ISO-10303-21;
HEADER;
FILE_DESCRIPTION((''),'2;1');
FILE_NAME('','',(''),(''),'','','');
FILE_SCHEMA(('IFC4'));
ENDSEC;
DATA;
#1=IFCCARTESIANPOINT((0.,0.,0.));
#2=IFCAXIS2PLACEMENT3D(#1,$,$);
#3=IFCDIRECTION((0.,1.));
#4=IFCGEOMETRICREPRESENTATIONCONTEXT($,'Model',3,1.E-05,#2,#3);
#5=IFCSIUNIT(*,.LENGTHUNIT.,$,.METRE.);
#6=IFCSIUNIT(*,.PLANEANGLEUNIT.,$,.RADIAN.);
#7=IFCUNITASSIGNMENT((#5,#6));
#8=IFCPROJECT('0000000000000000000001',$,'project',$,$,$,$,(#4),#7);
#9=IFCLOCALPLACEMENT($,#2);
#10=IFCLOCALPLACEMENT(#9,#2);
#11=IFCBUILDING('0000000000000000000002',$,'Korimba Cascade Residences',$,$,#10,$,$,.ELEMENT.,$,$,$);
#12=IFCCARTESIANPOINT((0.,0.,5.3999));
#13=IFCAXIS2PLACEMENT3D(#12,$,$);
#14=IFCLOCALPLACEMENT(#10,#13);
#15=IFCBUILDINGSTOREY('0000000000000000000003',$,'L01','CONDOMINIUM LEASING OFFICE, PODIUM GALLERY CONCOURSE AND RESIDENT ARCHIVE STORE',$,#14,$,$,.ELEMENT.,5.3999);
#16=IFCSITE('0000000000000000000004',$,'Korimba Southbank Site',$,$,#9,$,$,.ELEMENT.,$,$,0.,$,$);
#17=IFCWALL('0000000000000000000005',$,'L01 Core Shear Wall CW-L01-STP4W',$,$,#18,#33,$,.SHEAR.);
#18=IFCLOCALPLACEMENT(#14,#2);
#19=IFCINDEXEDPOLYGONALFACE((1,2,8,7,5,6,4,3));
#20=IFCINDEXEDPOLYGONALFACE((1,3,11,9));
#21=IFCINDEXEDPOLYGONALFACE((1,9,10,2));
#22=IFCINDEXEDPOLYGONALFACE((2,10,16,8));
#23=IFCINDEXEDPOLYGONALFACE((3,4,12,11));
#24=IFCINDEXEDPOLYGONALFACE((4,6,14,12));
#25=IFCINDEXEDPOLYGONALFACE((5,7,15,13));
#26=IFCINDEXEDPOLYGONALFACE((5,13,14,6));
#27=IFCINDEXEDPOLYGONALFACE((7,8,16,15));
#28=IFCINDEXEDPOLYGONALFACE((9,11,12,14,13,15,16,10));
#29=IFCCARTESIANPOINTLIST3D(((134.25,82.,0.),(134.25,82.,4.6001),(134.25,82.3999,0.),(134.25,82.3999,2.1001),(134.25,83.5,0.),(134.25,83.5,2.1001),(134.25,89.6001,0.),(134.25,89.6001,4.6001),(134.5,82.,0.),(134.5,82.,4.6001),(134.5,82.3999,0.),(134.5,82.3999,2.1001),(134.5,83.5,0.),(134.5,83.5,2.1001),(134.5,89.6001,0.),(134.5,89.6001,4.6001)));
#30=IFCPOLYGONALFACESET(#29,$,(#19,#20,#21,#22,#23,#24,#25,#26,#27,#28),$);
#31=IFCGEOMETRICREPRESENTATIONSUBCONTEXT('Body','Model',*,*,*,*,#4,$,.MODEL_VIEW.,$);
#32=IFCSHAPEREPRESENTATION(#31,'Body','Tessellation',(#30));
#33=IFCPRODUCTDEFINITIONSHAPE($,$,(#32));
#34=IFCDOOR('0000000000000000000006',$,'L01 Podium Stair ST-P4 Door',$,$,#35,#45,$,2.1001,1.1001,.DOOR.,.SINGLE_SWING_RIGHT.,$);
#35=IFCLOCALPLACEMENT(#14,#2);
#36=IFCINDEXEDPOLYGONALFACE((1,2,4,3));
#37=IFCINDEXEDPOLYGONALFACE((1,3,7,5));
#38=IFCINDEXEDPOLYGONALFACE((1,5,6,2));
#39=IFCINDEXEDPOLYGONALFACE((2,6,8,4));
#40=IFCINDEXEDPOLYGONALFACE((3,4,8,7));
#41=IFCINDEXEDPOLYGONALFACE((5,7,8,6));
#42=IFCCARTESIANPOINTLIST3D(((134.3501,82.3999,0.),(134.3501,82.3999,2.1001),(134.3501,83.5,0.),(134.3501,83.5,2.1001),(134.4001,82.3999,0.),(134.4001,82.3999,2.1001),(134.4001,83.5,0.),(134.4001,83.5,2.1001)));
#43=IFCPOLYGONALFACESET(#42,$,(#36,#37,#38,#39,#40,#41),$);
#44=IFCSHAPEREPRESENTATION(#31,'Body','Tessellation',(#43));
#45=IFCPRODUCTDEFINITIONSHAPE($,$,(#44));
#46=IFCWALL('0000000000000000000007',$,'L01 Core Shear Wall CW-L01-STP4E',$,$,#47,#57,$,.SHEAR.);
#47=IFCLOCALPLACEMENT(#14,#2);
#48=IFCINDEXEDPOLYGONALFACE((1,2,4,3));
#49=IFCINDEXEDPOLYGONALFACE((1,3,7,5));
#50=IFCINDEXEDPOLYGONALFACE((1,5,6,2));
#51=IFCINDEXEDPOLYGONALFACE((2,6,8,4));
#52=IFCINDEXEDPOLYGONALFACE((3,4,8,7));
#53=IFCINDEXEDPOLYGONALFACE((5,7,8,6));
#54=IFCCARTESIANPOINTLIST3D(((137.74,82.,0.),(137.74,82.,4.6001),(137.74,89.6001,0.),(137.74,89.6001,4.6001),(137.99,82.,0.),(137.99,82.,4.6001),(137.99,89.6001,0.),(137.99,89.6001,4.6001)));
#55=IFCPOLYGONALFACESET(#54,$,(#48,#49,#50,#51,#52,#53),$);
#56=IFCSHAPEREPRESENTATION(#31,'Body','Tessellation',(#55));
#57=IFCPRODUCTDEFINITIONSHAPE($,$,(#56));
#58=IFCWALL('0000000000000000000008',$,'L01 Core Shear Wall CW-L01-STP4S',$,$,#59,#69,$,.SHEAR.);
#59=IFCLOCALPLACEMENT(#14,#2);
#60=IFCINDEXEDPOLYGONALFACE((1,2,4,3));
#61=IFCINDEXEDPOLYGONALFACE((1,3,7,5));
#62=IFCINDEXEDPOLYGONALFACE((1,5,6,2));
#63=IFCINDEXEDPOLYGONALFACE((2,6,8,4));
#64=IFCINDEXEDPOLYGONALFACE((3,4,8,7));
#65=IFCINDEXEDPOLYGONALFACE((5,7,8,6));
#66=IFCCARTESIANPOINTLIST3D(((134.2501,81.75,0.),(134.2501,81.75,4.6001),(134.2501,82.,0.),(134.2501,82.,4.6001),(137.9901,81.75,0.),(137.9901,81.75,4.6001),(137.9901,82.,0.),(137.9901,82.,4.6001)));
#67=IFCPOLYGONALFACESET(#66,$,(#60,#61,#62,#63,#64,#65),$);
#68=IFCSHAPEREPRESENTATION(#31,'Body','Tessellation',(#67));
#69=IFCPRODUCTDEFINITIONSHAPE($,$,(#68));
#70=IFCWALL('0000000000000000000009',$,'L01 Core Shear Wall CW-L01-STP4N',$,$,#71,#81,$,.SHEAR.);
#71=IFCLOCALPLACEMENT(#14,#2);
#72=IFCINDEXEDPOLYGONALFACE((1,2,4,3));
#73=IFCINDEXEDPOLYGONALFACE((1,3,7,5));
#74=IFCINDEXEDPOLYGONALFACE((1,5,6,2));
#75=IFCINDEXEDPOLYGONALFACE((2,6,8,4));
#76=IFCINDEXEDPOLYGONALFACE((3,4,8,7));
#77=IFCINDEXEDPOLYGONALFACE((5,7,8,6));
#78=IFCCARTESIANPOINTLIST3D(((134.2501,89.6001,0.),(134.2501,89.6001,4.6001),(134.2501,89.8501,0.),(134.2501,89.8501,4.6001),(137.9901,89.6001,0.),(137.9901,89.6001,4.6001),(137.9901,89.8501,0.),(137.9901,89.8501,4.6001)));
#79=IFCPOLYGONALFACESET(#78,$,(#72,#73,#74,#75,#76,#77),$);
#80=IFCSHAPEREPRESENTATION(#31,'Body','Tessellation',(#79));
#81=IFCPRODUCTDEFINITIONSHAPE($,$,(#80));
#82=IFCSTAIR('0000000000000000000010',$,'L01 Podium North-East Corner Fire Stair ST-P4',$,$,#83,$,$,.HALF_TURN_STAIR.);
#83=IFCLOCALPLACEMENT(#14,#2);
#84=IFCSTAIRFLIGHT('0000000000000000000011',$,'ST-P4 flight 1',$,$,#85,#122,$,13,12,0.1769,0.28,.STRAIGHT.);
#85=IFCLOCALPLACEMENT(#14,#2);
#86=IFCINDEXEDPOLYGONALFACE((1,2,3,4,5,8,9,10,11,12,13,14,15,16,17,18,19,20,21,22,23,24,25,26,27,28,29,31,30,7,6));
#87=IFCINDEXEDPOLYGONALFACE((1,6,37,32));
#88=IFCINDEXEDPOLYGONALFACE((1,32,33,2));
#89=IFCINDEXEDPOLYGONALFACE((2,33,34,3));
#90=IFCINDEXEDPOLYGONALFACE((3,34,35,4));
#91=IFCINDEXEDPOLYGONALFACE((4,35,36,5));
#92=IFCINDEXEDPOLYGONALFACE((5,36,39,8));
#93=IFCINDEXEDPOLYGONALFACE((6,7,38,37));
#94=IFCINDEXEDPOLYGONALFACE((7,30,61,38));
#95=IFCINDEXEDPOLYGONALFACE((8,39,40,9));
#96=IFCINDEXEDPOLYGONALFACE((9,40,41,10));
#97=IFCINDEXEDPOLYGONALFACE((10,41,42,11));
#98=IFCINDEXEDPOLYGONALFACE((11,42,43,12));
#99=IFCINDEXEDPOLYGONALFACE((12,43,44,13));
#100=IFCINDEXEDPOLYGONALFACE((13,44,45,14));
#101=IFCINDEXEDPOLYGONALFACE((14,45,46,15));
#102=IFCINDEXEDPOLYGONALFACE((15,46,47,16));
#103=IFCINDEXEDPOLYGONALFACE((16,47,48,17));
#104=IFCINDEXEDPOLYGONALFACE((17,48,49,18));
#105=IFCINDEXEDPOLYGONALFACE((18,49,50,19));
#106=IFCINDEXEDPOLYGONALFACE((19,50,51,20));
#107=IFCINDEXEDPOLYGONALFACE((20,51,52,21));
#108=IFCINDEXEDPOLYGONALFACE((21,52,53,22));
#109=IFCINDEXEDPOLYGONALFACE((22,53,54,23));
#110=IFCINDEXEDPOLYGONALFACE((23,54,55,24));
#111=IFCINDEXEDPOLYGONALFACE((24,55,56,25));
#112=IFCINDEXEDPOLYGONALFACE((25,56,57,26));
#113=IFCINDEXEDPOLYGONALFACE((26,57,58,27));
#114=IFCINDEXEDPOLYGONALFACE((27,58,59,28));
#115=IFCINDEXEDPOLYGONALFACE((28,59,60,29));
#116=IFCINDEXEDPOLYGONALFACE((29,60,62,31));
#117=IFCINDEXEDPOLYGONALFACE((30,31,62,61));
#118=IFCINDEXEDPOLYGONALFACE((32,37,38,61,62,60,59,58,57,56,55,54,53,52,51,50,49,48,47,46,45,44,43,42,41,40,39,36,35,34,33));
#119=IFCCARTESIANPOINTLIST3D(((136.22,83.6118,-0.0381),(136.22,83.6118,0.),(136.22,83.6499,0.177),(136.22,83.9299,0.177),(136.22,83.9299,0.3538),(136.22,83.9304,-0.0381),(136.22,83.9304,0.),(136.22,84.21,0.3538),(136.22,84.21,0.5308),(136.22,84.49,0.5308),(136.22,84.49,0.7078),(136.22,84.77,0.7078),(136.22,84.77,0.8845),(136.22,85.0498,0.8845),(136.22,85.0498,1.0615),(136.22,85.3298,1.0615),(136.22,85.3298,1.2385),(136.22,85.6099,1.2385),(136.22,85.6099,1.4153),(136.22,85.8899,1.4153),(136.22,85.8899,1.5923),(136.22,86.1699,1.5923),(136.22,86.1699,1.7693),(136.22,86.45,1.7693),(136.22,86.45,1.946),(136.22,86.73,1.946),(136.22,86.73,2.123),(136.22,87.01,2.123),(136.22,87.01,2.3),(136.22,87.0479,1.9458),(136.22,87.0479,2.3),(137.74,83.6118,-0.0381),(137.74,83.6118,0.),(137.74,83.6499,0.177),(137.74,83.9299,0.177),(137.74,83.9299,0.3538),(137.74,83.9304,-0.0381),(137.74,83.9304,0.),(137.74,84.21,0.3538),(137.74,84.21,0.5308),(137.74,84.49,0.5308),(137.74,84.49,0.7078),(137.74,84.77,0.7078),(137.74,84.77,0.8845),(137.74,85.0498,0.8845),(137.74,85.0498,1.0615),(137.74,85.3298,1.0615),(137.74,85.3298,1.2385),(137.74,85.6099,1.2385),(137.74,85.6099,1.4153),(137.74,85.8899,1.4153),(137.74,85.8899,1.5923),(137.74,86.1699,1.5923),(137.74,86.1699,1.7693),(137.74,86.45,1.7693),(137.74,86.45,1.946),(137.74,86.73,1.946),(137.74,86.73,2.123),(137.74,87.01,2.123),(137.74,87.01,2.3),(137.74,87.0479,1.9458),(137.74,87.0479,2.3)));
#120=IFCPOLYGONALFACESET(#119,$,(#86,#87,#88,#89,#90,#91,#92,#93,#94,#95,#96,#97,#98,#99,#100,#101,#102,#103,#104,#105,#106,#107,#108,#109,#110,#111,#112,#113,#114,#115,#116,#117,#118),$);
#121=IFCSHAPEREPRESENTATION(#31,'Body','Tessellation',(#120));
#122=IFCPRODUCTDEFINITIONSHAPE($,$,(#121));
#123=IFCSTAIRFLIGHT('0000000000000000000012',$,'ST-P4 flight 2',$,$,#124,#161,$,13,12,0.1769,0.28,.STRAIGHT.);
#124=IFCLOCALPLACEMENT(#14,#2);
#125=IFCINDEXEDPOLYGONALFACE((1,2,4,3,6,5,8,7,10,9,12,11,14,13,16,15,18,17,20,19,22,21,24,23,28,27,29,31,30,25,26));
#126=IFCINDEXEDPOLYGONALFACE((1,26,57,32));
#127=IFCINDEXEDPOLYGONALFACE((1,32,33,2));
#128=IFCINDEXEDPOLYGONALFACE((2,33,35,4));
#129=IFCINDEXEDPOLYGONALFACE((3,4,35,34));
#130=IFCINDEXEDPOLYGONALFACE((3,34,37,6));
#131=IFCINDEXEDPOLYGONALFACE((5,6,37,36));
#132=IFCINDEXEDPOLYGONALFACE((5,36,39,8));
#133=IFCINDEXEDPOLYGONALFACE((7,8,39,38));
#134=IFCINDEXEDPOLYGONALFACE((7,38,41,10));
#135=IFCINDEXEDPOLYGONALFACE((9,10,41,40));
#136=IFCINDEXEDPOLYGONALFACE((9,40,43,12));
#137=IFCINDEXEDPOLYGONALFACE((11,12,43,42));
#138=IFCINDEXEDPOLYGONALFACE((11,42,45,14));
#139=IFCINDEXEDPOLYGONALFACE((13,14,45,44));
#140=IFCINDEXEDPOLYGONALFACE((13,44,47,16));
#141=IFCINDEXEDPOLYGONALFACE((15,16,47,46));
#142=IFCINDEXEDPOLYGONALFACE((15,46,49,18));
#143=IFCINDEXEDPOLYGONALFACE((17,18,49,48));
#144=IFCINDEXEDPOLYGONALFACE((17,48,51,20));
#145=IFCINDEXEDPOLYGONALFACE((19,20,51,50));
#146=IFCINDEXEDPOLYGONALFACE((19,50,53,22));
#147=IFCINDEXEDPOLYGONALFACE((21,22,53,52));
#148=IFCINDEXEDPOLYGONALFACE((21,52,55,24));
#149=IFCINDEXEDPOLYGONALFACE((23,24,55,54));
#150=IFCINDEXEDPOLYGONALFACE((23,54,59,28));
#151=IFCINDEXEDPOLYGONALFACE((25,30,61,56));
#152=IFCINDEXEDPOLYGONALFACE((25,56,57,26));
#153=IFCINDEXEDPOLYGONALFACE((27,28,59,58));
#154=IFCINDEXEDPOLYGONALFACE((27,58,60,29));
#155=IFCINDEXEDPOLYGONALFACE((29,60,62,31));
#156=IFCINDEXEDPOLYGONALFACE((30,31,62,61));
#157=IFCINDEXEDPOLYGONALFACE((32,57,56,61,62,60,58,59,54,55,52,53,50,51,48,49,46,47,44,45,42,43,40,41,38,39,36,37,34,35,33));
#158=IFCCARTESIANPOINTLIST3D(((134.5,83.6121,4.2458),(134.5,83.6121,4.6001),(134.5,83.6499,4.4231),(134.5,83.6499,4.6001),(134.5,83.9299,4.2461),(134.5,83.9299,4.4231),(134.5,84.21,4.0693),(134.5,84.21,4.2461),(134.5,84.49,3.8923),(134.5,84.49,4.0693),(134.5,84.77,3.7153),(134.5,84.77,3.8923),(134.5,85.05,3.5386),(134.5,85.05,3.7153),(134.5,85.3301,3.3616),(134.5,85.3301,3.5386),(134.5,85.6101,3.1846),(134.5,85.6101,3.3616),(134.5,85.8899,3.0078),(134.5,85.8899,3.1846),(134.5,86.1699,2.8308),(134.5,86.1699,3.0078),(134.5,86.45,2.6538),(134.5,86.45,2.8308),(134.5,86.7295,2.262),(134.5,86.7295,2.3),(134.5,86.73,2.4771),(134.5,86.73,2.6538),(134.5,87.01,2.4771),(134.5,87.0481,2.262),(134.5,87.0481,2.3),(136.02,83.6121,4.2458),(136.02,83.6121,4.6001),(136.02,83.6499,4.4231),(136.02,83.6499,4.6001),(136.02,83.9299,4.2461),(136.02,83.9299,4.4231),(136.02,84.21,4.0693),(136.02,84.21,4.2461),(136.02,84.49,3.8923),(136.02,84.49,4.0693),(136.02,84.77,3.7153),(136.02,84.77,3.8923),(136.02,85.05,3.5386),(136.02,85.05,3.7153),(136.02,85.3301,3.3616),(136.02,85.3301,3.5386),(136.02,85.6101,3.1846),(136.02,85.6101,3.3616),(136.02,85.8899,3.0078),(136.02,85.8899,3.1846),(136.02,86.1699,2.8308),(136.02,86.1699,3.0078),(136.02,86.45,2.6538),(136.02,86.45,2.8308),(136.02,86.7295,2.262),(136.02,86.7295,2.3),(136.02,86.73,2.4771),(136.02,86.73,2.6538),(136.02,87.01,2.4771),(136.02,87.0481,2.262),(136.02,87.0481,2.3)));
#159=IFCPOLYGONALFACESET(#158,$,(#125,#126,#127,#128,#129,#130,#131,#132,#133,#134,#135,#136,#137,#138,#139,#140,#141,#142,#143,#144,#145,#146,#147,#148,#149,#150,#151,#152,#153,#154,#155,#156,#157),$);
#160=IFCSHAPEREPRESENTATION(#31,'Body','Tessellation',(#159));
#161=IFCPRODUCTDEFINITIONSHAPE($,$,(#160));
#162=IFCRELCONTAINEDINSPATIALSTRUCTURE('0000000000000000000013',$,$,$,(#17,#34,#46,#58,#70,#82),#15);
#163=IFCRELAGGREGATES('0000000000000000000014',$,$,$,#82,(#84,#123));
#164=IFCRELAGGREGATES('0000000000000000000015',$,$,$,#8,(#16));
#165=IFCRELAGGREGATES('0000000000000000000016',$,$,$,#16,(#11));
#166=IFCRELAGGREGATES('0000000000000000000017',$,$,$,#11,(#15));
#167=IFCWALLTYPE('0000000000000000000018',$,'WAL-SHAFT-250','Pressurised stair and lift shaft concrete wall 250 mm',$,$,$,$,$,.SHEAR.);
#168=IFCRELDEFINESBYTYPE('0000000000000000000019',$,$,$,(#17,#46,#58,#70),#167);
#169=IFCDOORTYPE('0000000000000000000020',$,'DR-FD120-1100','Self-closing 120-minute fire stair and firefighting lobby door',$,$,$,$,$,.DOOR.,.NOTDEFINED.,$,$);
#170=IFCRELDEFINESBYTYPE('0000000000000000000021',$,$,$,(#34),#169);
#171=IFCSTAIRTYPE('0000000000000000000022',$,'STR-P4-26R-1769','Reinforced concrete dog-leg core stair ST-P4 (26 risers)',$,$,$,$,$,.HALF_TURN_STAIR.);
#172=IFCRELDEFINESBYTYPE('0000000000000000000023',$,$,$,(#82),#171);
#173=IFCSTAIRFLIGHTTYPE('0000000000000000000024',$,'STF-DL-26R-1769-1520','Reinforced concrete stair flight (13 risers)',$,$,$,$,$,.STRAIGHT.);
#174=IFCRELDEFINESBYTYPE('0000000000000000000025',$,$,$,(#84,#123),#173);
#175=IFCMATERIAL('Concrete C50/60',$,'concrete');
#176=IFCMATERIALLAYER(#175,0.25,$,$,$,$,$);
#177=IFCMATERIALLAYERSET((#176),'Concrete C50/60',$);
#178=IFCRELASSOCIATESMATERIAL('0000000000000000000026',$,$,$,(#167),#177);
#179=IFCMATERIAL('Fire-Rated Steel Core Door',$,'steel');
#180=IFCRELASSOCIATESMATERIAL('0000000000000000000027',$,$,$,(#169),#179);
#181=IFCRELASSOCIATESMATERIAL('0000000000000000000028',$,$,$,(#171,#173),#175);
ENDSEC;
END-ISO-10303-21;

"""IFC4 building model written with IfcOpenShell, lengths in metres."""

from ifc_helpers import new_model, si_unit, direction, frame, frame_2d, origin, place, context, subcontext, project, spatial, polyline, rectangle, outline, extrude, material, layer, layer_set, type_object, element, fill, aggregate, save


model = new_model("IFC4")

# Units and contexts
model_context = context("Model", 3, precision=1e-05, world=origin(), true_north=direction((0.0, 1.0)))
body_context = subcontext(model_context, "Body", "Model", "MODEL_VIEW")
ifc_project = project(units=[si_unit("LENGTHUNIT", "METRE"), si_unit("PLANEANGLEUNIT", "RADIAN")], contexts=[model_context])

# Site, building, storey
site_placement = place(None, origin())
site = spatial("IfcSite", under=ifc_project, at=site_placement, Name="Korimba Southbank Site", CompositionType="ELEMENT", RefElevation=0.0)
building_placement = place(site_placement, origin())
building = spatial("IfcBuilding", under=site, at=building_placement, Name="Korimba Cascade Residences", CompositionType="ELEMENT")
storey_placement = place(building_placement, frame((0.0, 0.0, 5.3999)))
storey = spatial("IfcBuildingStorey", under=building, at=storey_placement, Name="L01", Description="CONDOMINIUM LEASING OFFICE, PODIUM GALLERY CONCOURSE AND RESIDENT ARCHIVE STORE", CompositionType="ELEMENT", Elevation=5.3999)

# Shared definitions
ifc_material_1 = material(Name="Concrete C50/60", Category="concrete")

# Wall, opening, door
ifc_layer_1 = layer(ifc_material_1, 0.25)
ifc_layer_set_1 = layer_set([ifc_layer_1], Name="Concrete C50/60")
wall_type_1 = type_object("IfcWallType", Name="WAL-SHAFT-250", Description="Pressurised stair and lift shaft concrete wall 250 mm", PredefinedType="SHEAR", material=ifc_layer_set_1)
wall_1_placement = place(storey_placement, frame((134.375, 82.0, 0.0), z_axis=(0.0, 0.0, 1.0), x_axis=(0.0, 1.0, 0.0)))
wall_1 = element("IfcWall", 1, at=wall_1_placement, inside=storey, type_object=wall_type_1, Name="L01 Core Shear Wall CW-L01-STP4W", PredefinedType="SHEAR", context=body_context, shape_type="SweptSolid", body=[
    extrude(rectangle(XDim=7.6001, YDim=0.25, at=frame_2d((3.8, 0.0))), origin(), (0.0, 0.0, 1.0), 4.6001),
])
opening_1_placement = place(wall_1_placement, frame((0.3999, 0.0, 0.0)))
opening_1 = element("IfcOpeningElement", 2, at=opening_1_placement, cuts=wall_1, PredefinedType="OPENING", context=body_context, shape_type="SweptSolid", body=[
    extrude(rectangle(XDim=1.1001, YDim=2.1001, at=frame_2d((0.55, 1.05))), frame((0.0, 0.135, 0.0), z_axis=(0.0, -1.0, 0.0), x_axis=(1.0, 0.0, 0.0)), (0.0, 0.0, 1.0), 0.27),
])
ifc_material_2 = material(Name="Fire-Rated Steel Core Door", Category="steel")
door_type_1 = type_object("IfcDoorType", Name="DR-FD120-1100", Description="Self-closing 120-minute fire stair and firefighting lobby door", OperationType="NOTDEFINED", PredefinedType="DOOR", material=ifc_material_2)
door_1_placement = place(opening_1_placement, origin())
door_1 = element("IfcDoor", 3, at=door_1_placement, inside=storey, type_object=door_type_1, Name="L01 Podium Stair ST-P4 Door", OperationType="SINGLE_SWING_RIGHT", OverallHeight=2.1001, OverallWidth=1.1001, PredefinedType="DOOR", context=body_context, shape_type="SweptSolid", body=[
    extrude(rectangle(XDim=1.1001, YDim=2.1001, at=frame_2d((0.55, 1.05))), frame((0.0, 0.0249, 0.0), z_axis=(0.0, -1.0, 0.0), x_axis=(1.0, 0.0, 0.0)), (0.0, 0.0, 1.0), 0.05),
])
fill(opening_1, door_1)

# Walls
wall_2_placement = place(storey_placement, frame((137.865, 82.0, 0.0), z_axis=(0.0, 0.0, 1.0), x_axis=(0.0, 1.0, 0.0)))
element("IfcWall", 4, at=wall_2_placement, inside=storey, type_object=wall_type_1, Name="L01 Core Shear Wall CW-L01-STP4E", PredefinedType="SHEAR", context=body_context, shape_type="SweptSolid", body=[
    extrude(rectangle(XDim=7.6001, YDim=0.25, at=frame_2d((3.8, 0.0))), origin(), (0.0, 0.0, 1.0), 4.6001),
])
for number, where, z_axis, x_axis, name in (
    (5, (134.25, 81.875, 0.0), (0.0, 0.0, 1.0), (1.0, 0.0, 0.0), "L01 Core Shear Wall CW-L01-STP4S"),
    (6, (134.25, 89.7251, 0.0), (0.0, 0.0, 1.0), (1.0, 0.0, 0.0), "L01 Core Shear Wall CW-L01-STP4N"),
):
    element("IfcWall", number, at=place(storey_placement, frame(where, z_axis=z_axis, x_axis=x_axis)), inside=storey, type_object=wall_type_1, Name=name, PredefinedType="SHEAR", context=body_context, shape_type="SweptSolid", body=[
        extrude(rectangle(XDim=3.74, YDim=0.25, at=frame_2d((1.8701, 0.0))), origin(), (0.0, 0.0, 1.0), 4.6001),
    ])

# Stair, stair flights
stair_type = type_object("IfcStairType", Name="STR-P4-26R-1769", Description="Reinforced concrete dog-leg core stair ST-P4 (26 risers)", PredefinedType="HALF_TURN_STAIR", material=ifc_material_1)
stair_placement = place(storey_placement, origin())
stair = element("IfcStair", 7, at=stair_placement, inside=storey, type_object=stair_type, Name="L01 Podium North-East Corner Fire Stair ST-P4", PredefinedType="HALF_TURN_STAIR")
stair_flight_type = type_object("IfcStairFlightType", Name="STF-DL-26R-1769-1520", Description="Reinforced concrete stair flight (13 risers)", PredefinedType="STRAIGHT", material=ifc_material_1)
stair_flight_1_placement = place(storey_placement, frame((136.98, 83.6499, 0.0), z_axis=(0.0, 0.0, 1.0), x_axis=(0.0, 1.0, 0.0)))
stair_flight_1 = element("IfcStairFlight", 8, at=stair_flight_1_placement, type_object=stair_flight_type, Name="ST-P4 flight 1", NumberOfRisers=13, NumberOfTreads=12, PredefinedType="STRAIGHT", RiserHeight=0.1769, TreadLength=0.28, context=body_context, shape_type="SweptSolid", body=[
    extrude(outline(polyline([(-0.0381, 0.0), (0.0, 0.177), (0.28, 0.177), (0.28, 0.3538), (0.5601, 0.3538), (0.5601, 0.5308), (0.8401, 0.5308), (0.8401, 0.7078), (1.1201, 0.7078), (1.1201, 0.8845), (1.3999, 0.8845), (1.3999, 1.0615), (1.6799, 1.0615), (1.6799, 1.2385), (1.96, 1.2385), (1.96, 1.4153), (2.24, 1.4153), (2.24, 1.5923), (2.52, 1.5923), (2.52, 1.7693), (2.8, 1.7693), (2.8, 1.946), (3.0801, 1.946), (3.0801, 2.123), (3.3601, 2.123), (3.3601, 2.3), (3.3979, 2.3), (3.3979, 1.9458), (0.2805, 0.0), (0.2805, -0.0381), (-0.0381, -0.0381), (-0.0381, 0.0)])), frame((0.0, 0.76, 0.0), z_axis=(0.0, -1.0, 0.0), x_axis=(1.0, 0.0, 0.0)), (0.0, 0.0, 1.0), 1.52),
])
stair_flight_2_placement = place(storey_placement, frame((135.26, 87.01, 2.3), z_axis=(0.0, 0.0, 1.0), x_axis=(0.0, -1.0, 0.0)))
stair_flight_2 = element("IfcStairFlight", 9, at=stair_flight_2_placement, type_object=stair_flight_type, Name="ST-P4 flight 2", NumberOfRisers=13, NumberOfTreads=12, PredefinedType="STRAIGHT", RiserHeight=0.1769, TreadLength=0.28, context=body_context, shape_type="SweptSolid", body=[
    extrude(outline(polyline([(-0.0381, 0.0), (0.0, 0.177), (0.28, 0.177), (0.28, 0.3538), (0.5601, 0.3538), (0.5601, 0.5308), (0.8401, 0.5308), (0.8401, 0.7078), (1.1201, 0.7078), (1.1201, 0.8845), (1.3999, 0.8845), (1.3999, 1.0615), (1.6799, 1.0615), (1.6799, 1.2385), (1.96, 1.2385), (1.96, 1.4153), (2.24, 1.4153), (2.24, 1.5923), (2.52, 1.5923), (2.52, 1.7693), (2.8, 1.7693), (2.8, 1.946), (3.0801, 1.946), (3.0801, 2.123), (3.3601, 2.123), (3.3601, 2.3), (3.3979, 2.3), (3.3979, 1.9458), (0.2805, 0.0), (0.2805, -0.0381), (-0.0381, -0.0381), (-0.0381, 0.0)])), frame((0.0, 0.76, 0.0), z_axis=(0.0, -1.0, 0.0), x_axis=(1.0, 0.0, 0.0)), (0.0, 0.0, 1.0), 1.52),
])
aggregate(stair, [stair_flight_1, stair_flight_2])

save(model, "model.ifc")
